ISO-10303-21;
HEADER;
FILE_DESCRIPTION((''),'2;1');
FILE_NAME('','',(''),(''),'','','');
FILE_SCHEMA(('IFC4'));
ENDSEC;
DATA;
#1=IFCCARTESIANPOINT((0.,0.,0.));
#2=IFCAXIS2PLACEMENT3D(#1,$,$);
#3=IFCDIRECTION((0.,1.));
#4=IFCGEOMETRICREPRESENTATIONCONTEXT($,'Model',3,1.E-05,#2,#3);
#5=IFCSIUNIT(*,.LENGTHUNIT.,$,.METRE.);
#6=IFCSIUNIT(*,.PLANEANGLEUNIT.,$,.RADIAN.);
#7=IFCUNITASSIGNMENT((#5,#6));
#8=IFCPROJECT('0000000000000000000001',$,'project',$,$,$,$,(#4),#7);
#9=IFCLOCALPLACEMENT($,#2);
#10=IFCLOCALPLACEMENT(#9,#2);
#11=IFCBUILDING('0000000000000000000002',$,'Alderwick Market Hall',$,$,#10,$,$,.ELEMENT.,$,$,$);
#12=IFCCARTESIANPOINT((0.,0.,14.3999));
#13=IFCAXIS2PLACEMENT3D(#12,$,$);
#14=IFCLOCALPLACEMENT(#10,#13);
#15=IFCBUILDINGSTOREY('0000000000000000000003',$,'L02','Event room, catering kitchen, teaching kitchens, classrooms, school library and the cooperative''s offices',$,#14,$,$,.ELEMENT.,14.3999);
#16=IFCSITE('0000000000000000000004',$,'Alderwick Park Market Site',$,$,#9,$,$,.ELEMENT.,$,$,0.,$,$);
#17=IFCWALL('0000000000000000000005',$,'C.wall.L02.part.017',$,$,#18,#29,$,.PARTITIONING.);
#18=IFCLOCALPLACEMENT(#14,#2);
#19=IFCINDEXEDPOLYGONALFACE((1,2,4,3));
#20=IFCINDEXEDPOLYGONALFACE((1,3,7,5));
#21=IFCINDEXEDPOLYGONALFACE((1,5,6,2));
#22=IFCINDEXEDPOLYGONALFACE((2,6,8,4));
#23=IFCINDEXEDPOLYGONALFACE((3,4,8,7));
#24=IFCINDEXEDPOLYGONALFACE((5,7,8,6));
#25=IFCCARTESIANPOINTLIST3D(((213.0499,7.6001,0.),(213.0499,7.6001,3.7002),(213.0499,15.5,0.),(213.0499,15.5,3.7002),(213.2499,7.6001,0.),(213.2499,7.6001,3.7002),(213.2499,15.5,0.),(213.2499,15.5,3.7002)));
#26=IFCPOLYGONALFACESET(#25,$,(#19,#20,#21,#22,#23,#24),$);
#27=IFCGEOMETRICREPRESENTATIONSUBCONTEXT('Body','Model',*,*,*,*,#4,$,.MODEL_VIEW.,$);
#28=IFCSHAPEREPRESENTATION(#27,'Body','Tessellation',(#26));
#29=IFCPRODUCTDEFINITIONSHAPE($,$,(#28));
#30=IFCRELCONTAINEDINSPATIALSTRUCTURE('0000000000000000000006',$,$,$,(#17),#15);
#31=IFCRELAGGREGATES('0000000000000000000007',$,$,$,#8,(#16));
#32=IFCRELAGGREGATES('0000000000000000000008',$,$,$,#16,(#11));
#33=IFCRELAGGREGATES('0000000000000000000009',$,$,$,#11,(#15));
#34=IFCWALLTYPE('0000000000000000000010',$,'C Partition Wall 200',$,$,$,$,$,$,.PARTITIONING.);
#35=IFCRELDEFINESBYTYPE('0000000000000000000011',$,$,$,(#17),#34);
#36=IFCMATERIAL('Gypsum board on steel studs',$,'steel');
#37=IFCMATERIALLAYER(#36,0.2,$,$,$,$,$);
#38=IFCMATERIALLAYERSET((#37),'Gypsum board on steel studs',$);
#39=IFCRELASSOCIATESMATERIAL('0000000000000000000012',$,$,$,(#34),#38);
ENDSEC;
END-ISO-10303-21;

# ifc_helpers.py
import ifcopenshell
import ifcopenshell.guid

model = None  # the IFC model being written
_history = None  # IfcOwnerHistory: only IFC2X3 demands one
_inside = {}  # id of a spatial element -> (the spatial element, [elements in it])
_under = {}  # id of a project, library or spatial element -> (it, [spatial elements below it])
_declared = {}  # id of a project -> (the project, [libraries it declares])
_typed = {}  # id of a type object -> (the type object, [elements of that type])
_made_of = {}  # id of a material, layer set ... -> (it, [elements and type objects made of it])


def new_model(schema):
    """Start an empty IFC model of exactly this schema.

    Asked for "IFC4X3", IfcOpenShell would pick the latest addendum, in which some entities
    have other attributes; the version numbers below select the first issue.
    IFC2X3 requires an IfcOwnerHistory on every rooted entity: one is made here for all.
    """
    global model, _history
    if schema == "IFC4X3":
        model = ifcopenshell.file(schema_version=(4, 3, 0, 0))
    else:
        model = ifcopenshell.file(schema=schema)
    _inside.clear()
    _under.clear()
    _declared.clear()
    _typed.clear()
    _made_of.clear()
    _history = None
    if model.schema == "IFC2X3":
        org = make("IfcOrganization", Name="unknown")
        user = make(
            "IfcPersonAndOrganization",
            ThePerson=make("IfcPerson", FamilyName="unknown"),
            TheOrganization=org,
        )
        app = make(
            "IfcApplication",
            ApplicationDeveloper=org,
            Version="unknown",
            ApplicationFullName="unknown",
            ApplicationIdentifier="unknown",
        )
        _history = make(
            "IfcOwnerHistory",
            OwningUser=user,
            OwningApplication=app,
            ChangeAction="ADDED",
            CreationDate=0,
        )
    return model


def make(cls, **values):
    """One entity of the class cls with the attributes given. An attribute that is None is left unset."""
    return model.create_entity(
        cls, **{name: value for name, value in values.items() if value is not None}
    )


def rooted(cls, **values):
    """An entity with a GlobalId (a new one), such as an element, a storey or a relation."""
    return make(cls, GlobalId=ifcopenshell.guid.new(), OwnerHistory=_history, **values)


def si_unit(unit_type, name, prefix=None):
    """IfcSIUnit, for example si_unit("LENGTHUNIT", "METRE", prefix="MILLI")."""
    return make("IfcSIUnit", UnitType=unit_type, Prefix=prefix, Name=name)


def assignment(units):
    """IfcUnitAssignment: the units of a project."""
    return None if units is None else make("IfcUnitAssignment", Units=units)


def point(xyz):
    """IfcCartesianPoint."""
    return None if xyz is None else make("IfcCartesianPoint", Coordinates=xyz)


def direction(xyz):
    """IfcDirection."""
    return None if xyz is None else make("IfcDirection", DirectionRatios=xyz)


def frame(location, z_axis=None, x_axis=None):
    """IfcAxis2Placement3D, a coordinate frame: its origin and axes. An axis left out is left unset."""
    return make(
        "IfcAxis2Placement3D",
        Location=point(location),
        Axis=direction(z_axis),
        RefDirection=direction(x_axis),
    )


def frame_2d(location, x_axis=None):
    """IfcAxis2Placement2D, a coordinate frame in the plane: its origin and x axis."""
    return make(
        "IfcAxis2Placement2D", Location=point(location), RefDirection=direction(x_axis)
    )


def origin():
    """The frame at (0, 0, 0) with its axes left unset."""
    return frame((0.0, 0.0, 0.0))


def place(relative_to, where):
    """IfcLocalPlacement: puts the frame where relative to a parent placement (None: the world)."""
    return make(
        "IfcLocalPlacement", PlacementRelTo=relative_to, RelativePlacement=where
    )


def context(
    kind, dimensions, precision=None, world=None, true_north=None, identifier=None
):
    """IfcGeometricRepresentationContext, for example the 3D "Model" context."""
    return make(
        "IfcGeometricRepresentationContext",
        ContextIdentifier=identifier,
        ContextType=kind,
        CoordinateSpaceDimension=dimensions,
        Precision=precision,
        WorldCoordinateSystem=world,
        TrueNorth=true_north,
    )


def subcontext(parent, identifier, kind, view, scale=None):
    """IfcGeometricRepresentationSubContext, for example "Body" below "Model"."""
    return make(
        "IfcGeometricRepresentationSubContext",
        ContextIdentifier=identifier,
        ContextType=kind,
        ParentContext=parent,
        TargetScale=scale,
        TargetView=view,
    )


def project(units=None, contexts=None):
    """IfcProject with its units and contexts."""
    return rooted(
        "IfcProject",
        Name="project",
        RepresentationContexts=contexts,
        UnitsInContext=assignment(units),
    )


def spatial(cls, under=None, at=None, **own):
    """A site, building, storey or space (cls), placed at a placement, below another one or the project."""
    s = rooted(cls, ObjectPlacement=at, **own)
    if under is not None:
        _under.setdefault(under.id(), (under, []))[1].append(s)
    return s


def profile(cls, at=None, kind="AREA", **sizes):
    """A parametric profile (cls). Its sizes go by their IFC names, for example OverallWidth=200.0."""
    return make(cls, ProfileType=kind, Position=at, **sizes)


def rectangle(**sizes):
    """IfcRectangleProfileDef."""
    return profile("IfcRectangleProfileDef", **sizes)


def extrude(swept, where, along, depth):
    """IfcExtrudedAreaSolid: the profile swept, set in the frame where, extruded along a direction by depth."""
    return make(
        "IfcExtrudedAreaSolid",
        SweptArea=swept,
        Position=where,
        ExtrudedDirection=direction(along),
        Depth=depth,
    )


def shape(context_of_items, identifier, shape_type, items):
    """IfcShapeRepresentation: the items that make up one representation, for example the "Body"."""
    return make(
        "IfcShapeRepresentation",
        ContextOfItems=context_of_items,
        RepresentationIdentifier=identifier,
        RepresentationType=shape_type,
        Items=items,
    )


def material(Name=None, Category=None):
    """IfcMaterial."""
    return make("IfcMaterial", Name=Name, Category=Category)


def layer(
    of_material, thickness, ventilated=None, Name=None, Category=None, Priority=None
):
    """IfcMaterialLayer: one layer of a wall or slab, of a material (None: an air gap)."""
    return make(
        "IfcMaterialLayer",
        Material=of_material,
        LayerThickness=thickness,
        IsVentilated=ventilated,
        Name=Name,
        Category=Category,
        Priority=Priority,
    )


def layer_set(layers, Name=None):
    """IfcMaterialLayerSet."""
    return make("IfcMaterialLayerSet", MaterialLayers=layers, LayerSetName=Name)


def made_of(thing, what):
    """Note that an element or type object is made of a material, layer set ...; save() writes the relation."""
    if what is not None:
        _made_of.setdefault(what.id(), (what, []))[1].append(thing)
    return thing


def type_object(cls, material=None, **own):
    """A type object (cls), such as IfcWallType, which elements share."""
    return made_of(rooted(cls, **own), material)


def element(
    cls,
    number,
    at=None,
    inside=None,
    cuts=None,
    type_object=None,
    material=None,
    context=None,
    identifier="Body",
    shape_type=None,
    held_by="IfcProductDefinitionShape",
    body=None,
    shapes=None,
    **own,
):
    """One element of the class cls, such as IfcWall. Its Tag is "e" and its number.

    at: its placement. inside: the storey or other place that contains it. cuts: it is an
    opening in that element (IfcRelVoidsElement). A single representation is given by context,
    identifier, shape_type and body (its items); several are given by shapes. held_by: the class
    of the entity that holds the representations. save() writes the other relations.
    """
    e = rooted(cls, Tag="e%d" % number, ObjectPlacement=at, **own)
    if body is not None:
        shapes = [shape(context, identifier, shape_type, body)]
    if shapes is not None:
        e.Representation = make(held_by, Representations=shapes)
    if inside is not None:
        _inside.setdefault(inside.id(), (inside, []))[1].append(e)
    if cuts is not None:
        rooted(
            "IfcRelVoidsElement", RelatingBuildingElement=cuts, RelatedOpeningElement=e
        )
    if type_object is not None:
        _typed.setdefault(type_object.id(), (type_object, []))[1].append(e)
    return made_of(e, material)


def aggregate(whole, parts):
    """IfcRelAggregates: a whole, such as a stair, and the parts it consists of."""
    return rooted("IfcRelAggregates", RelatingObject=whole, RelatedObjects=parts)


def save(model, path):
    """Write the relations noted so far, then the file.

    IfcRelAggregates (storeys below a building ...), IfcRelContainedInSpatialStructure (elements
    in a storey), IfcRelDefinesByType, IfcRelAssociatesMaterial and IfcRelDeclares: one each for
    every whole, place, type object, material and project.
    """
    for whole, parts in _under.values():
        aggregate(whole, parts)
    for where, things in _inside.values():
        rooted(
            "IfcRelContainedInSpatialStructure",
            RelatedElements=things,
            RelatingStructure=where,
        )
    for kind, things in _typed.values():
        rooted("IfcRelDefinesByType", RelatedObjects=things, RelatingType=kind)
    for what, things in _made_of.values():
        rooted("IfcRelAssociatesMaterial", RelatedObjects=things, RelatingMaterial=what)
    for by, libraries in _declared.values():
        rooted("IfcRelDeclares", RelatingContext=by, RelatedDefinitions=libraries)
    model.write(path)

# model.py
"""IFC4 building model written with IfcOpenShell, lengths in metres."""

from ifc_helpers import new_model, si_unit, direction, frame, frame_2d, origin, place, context, subcontext, project, spatial, rectangle, extrude, material, layer, layer_set, type_object, element, save


model = new_model("IFC4")

# Units and contexts
model_context = context("Model", 3, precision=1e-05, world=origin(), true_north=direction((0.0, 1.0)))
body_context = subcontext(model_context, "Body", "Model", "MODEL_VIEW")
ifc_project = project(units=[si_unit("LENGTHUNIT", "METRE"), si_unit("PLANEANGLEUNIT", "RADIAN")], contexts=[model_context])

# Site, building, storey
site_placement = place(None, origin())
site = spatial("IfcSite", under=ifc_project, at=site_placement, Name="Alderwick Park Market Site", CompositionType="ELEMENT", RefElevation=0.0)
building_placement = place(site_placement, origin())
building = spatial("IfcBuilding", under=site, at=building_placement, Name="Alderwick Market Hall", CompositionType="ELEMENT")
storey_placement = place(building_placement, frame((0.0, 0.0, 14.3999)))
storey = spatial("IfcBuildingStorey", under=building, at=storey_placement, Name="L02", Description="Event room, catering kitchen, teaching kitchens, classrooms, school library and the cooperative's offices", CompositionType="ELEMENT", Elevation=14.3999)

# Shared definitions
ifc_material_1 = material(Name="Gypsum board on steel studs", Category="steel")

# Shared definitions
ifc_layer_1 = layer(ifc_material_1, 0.2)
ifc_layer_set_1 = layer_set([ifc_layer_1], Name="Gypsum board on steel studs")
wall_type_1 = type_object("IfcWallType", Name="C Partition Wall 200", PredefinedType="PARTITIONING", material=ifc_layer_set_1)

# Wall
wall_1_placement = place(storey_placement, frame((213.1499, 15.5, 0.0), z_axis=(0.0, 0.0, 1.0), x_axis=(0.0, -1.0, 0.0)))
element("IfcWall", 1, at=wall_1_placement, inside=storey, type_object=wall_type_1, Name="C.wall.L02.part.017", PredefinedType="PARTITIONING", context=body_context, shape_type="SweptSolid", body=[
    extrude(rectangle(XDim=7.8999, YDim=0.2, at=frame_2d((3.95, 0.0))), origin(), (0.0, 0.0, 1.0), 3.7002),
])

save(model, "model.ifc")
